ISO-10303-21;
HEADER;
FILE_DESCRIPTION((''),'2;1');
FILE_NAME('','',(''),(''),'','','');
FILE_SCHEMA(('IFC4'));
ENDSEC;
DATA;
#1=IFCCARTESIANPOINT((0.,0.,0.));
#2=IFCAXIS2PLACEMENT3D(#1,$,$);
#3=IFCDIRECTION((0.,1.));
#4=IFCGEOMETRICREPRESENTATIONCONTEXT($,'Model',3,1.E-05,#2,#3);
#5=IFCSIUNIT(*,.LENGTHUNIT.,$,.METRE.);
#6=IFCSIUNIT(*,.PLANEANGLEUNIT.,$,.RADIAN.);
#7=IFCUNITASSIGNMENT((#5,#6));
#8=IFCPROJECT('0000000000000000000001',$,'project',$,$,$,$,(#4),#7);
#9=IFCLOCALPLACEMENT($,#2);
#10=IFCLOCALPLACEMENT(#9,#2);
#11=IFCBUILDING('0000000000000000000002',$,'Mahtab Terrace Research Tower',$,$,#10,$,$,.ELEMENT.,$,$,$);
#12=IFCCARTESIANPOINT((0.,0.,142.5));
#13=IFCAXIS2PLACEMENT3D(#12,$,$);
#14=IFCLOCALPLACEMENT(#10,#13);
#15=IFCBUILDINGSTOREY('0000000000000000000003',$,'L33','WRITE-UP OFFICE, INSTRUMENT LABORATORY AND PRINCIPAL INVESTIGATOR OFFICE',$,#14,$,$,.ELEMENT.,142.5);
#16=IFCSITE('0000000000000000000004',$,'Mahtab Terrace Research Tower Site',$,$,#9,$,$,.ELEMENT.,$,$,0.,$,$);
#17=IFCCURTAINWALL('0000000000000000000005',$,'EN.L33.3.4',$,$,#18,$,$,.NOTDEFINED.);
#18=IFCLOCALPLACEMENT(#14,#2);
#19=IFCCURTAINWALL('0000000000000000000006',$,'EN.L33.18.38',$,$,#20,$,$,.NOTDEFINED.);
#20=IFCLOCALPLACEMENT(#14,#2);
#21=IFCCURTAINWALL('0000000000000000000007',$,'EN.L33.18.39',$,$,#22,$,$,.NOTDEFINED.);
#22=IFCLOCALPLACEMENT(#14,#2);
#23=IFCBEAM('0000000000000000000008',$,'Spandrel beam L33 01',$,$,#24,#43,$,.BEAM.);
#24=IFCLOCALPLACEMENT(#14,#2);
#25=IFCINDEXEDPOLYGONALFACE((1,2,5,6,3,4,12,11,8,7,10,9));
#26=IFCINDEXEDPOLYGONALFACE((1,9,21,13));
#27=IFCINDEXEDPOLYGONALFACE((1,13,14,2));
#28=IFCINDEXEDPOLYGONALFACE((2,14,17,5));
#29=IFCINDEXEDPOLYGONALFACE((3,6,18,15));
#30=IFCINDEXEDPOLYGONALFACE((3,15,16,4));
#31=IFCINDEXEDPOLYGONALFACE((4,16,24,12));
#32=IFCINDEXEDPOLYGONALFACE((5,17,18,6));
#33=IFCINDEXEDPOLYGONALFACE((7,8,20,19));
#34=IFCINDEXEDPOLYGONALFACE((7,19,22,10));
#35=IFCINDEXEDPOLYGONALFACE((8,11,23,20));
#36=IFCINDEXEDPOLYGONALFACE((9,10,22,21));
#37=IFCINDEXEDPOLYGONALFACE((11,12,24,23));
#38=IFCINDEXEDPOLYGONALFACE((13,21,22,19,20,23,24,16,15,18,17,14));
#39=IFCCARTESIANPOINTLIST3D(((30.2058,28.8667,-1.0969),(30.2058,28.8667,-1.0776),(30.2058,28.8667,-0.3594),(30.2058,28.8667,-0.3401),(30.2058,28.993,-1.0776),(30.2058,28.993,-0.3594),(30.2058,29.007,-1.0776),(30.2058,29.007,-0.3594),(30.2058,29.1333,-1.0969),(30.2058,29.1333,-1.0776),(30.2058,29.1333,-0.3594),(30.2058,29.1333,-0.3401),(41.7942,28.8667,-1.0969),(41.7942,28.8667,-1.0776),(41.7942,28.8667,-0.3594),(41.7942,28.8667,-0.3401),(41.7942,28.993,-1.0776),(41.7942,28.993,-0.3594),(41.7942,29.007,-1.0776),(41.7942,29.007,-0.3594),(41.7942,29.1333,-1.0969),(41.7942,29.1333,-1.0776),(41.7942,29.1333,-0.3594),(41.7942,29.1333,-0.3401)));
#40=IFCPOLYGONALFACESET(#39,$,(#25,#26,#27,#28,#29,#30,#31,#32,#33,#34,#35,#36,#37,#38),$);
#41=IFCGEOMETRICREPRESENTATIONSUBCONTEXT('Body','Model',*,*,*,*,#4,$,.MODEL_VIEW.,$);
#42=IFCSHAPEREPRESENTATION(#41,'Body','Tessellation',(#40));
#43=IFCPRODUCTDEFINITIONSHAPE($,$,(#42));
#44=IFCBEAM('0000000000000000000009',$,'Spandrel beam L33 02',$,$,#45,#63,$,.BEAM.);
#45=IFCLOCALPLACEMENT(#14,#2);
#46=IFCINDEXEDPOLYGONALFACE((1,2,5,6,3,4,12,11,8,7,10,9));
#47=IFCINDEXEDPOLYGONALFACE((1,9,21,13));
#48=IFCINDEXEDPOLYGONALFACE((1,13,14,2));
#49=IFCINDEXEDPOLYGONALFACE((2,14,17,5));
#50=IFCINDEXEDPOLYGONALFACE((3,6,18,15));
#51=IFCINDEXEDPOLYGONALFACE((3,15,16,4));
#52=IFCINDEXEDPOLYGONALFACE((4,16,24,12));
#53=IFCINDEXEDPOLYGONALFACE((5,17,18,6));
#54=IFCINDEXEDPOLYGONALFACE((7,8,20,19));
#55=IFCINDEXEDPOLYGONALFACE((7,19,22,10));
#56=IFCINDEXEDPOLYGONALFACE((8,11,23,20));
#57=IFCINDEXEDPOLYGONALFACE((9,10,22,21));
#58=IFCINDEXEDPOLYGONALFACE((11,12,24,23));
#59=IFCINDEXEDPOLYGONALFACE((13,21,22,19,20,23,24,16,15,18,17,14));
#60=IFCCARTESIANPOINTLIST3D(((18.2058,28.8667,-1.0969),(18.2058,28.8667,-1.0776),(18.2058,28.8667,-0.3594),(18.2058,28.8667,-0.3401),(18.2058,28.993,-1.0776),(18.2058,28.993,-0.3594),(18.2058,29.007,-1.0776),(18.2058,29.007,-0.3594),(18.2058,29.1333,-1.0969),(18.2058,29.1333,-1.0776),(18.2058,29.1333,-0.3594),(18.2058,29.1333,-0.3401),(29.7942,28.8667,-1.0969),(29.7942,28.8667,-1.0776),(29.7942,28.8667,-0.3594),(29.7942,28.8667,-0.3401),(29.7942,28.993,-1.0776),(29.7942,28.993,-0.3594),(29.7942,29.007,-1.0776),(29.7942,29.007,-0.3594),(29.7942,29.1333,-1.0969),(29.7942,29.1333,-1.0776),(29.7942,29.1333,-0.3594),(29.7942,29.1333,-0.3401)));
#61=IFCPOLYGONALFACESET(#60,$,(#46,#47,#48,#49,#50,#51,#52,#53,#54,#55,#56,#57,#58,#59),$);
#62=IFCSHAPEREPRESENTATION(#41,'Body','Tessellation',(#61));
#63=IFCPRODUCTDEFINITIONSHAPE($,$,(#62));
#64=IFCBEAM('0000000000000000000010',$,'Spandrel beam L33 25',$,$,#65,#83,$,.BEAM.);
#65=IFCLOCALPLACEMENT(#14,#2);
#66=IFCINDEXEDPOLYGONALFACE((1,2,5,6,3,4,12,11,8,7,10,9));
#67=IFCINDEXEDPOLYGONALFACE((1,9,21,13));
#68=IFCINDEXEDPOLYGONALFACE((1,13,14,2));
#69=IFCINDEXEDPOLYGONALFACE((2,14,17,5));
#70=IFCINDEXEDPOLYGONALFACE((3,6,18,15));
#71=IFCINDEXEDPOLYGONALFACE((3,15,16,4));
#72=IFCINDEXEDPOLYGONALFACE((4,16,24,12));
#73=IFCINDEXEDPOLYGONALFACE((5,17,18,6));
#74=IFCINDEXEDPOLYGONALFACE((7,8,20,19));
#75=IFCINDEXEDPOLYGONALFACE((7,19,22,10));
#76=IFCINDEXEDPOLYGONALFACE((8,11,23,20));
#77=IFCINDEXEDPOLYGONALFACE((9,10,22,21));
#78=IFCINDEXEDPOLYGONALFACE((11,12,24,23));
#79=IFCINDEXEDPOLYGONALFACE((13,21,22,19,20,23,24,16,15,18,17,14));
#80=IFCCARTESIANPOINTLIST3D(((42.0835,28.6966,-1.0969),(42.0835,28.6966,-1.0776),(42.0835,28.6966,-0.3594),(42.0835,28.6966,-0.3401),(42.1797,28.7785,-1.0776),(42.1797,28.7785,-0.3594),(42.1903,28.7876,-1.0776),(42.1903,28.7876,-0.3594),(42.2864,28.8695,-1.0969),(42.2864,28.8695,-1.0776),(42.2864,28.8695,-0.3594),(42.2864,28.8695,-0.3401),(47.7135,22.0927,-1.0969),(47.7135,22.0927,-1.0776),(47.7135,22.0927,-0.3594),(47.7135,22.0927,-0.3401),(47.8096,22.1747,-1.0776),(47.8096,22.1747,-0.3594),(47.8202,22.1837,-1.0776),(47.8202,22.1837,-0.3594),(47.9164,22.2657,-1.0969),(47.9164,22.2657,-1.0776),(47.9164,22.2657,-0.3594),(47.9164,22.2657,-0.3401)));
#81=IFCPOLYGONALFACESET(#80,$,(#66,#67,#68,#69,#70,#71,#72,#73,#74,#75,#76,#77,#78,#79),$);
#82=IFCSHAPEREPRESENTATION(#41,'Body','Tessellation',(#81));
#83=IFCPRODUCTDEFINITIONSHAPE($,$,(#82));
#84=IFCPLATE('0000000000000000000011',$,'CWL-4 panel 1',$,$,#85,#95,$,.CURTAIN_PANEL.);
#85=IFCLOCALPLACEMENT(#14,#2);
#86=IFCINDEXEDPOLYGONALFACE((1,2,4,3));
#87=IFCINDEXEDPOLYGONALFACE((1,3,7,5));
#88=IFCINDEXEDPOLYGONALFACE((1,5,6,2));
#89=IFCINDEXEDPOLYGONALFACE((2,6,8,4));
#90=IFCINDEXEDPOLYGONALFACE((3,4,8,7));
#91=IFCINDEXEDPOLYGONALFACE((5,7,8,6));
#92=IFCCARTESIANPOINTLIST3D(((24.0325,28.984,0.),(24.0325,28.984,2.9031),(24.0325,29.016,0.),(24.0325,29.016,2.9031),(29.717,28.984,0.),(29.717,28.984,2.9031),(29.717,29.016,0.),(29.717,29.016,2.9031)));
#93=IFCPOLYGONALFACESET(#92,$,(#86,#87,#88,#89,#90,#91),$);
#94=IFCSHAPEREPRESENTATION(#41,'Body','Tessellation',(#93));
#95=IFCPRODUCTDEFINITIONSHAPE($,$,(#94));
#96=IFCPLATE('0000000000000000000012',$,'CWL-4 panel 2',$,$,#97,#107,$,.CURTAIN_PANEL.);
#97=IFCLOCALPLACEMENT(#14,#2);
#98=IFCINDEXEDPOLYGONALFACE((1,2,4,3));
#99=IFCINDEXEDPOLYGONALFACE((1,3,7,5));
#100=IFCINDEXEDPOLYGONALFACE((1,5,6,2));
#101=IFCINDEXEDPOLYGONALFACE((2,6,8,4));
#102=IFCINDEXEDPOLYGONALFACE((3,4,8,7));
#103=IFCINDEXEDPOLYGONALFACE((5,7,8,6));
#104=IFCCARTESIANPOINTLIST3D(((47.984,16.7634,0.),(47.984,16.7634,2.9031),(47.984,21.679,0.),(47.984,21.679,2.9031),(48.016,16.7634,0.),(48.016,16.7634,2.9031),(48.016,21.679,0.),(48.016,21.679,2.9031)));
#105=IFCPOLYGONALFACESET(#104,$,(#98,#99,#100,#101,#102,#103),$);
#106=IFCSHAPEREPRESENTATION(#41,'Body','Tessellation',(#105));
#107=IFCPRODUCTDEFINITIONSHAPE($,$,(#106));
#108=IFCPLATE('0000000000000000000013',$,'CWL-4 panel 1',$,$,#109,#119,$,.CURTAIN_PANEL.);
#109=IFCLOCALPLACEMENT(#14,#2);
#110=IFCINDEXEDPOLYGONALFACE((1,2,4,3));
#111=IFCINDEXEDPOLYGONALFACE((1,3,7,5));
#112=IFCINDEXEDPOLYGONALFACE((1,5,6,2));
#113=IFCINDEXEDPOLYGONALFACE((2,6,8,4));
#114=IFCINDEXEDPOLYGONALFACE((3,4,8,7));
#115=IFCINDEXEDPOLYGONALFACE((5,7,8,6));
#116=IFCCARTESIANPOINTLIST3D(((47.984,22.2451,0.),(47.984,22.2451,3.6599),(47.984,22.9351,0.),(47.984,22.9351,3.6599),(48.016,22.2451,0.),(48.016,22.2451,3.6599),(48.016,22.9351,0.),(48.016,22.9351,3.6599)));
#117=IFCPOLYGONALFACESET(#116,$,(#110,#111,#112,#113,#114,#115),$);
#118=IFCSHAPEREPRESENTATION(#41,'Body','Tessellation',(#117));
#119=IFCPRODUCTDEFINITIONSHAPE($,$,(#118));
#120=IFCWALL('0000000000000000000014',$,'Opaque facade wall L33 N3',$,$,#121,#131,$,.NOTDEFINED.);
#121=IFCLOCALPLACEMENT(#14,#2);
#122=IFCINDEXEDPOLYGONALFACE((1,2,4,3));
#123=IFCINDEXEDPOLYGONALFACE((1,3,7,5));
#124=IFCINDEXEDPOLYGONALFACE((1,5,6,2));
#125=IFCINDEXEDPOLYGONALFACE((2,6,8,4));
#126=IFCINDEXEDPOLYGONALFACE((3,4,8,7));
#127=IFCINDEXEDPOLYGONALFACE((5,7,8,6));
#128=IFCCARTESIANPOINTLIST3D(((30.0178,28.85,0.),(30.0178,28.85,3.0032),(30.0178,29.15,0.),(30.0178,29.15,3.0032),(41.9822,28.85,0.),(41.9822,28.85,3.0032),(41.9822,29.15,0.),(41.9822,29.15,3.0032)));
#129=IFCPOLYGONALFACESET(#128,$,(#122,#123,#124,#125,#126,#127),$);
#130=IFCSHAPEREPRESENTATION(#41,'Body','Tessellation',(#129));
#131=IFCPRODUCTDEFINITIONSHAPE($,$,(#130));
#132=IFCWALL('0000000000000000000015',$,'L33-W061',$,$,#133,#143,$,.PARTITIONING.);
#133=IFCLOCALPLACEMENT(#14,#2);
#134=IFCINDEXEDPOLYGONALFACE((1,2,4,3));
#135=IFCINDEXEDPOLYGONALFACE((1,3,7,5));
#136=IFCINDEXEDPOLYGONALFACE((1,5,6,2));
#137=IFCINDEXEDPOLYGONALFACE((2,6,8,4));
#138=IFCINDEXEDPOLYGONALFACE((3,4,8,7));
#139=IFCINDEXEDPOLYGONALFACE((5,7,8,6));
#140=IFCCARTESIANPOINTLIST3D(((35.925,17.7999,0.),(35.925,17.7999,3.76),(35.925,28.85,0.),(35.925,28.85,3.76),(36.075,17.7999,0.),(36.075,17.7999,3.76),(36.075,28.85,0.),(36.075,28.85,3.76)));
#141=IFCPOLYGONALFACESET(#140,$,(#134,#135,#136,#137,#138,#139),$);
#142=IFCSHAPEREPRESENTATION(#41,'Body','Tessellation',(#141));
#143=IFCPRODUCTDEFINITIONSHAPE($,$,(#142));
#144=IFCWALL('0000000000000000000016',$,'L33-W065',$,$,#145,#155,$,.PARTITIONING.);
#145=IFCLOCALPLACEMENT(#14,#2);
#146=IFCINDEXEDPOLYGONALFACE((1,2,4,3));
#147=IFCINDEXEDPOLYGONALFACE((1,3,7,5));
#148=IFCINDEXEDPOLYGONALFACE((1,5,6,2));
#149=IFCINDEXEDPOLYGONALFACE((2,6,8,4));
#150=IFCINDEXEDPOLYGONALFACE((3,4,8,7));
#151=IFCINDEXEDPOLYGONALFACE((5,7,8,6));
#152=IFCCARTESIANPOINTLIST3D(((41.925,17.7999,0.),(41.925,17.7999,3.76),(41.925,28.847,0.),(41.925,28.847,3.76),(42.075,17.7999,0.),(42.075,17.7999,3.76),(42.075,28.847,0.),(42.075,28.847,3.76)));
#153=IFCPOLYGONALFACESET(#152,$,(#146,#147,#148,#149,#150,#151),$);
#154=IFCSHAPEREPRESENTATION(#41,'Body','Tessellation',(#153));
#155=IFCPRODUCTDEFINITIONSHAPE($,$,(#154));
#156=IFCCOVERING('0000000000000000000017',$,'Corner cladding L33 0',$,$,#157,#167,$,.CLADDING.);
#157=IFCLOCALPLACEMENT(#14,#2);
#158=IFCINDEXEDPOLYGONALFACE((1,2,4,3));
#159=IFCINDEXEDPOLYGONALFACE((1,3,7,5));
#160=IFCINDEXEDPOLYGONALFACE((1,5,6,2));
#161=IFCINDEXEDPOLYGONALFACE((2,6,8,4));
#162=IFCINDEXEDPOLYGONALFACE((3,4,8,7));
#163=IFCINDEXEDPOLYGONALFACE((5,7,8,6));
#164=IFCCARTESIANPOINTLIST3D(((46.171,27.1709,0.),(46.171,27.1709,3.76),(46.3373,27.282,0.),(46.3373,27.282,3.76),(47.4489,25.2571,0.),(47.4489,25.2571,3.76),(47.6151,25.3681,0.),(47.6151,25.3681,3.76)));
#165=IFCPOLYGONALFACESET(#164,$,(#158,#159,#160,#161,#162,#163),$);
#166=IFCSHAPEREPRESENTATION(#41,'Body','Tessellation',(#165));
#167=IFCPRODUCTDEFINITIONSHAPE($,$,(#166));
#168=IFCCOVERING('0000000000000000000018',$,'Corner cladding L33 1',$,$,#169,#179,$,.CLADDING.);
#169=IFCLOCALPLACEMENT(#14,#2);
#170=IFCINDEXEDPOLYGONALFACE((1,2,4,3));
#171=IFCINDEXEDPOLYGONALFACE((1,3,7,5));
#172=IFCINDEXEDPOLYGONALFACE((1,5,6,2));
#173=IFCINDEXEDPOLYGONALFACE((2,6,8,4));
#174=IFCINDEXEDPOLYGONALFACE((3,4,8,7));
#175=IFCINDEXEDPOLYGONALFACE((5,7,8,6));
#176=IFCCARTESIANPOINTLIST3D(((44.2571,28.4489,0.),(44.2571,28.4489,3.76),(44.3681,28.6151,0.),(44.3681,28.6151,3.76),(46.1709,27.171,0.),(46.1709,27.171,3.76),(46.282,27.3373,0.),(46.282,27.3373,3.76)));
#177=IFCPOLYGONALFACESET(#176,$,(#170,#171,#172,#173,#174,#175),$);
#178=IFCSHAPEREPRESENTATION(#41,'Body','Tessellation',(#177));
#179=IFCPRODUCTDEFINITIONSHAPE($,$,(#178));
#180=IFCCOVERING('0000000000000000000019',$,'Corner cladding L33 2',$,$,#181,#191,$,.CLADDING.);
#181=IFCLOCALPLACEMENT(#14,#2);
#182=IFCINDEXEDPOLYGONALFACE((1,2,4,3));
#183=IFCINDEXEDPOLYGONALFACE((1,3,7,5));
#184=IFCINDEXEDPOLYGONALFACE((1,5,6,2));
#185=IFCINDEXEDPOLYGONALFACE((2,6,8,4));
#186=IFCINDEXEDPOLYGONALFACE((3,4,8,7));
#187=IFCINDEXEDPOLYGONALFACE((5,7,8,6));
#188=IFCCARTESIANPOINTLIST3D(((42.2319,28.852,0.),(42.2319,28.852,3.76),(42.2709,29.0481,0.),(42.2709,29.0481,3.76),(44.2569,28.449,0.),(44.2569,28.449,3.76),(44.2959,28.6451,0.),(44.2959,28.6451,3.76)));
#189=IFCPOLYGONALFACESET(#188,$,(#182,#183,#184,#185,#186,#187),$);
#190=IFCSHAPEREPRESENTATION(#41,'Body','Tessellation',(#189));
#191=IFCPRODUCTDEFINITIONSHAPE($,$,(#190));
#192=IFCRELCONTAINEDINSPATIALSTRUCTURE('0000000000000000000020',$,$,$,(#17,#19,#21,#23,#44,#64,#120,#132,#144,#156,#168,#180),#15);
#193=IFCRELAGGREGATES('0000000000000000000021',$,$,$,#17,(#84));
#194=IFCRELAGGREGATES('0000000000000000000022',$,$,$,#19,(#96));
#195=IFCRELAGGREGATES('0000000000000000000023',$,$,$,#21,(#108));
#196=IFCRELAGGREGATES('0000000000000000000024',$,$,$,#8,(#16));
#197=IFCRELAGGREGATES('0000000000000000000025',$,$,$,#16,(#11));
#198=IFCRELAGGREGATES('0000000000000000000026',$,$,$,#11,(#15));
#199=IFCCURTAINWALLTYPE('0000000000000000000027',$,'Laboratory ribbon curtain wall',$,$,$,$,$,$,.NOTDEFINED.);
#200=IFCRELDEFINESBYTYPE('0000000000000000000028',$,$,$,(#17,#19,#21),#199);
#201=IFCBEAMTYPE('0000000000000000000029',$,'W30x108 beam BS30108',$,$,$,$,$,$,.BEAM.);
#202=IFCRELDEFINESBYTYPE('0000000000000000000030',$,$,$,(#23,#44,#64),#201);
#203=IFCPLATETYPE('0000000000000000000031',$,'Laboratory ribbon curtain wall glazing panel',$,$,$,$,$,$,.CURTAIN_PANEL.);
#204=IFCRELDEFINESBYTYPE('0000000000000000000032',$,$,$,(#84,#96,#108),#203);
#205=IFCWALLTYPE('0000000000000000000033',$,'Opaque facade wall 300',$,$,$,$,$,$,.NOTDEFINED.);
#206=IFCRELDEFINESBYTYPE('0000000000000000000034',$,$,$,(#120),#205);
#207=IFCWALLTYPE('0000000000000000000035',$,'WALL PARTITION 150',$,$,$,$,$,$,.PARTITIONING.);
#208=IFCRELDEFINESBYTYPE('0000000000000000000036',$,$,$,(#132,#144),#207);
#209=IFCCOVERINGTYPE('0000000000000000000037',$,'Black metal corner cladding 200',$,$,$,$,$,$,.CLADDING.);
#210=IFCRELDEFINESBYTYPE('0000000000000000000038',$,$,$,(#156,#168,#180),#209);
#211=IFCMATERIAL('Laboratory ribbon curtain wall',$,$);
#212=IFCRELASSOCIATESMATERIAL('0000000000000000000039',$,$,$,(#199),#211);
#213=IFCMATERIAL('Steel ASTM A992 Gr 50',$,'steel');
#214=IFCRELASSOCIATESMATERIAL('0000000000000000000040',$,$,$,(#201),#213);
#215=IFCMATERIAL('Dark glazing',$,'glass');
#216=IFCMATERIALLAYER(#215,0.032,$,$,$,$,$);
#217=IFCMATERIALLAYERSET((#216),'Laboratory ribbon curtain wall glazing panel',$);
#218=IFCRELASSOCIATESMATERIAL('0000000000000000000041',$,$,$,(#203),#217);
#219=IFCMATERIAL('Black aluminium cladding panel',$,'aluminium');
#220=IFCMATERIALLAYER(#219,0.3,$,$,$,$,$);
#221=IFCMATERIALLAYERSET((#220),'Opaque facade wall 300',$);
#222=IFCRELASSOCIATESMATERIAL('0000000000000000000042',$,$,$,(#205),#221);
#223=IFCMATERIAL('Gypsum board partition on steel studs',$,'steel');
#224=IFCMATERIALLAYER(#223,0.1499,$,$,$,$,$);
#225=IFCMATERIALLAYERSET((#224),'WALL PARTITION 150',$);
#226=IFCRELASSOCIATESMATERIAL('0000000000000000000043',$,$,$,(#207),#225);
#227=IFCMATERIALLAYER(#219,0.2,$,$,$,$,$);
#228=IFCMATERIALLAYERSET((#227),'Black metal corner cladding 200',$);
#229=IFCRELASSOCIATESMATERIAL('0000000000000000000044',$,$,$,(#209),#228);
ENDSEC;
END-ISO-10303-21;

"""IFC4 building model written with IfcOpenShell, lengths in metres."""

from ifc_helpers import new_model, si_unit, direction, frame, frame_2d, origin, origin_2d, place, context, subcontext, project, spatial, rectangle, i_section, extrude, material, layer, layer_set, material_profile, profile_set, type_object, element, aggregate, save


model = new_model("IFC4")

# Units and contexts
model_context = context("Model", 3, precision=1e-05, world=origin(), true_north=direction((0.0, 1.0)))
body_context = subcontext(model_context, "Body", "Model", "MODEL_VIEW")
ifc_project = project(units=[si_unit("LENGTHUNIT", "METRE"), si_unit("PLANEANGLEUNIT", "RADIAN")], contexts=[model_context])

# Site, building, storey
site_placement = place(None, origin())
site = spatial("IfcSite", under=ifc_project, at=site_placement, Name="Mahtab Terrace Research Tower Site", CompositionType="ELEMENT", RefElevation=0.0)
building_placement = place(site_placement, origin())
building = spatial("IfcBuilding", under=site, at=building_placement, Name="Mahtab Terrace Research Tower", CompositionType="ELEMENT")
storey_placement = place(building_placement, frame((0.0, 0.0, 142.5)))
storey = spatial("IfcBuildingStorey", under=building, at=storey_placement, Name="L33", Description="WRITE-UP OFFICE, INSTRUMENT LABORATORY AND PRINCIPAL INVESTIGATOR OFFICE", CompositionType="ELEMENT", Elevation=142.5)

# Shared definitions
ifc_material_1 = material(Name="Steel ASTM A992 Gr 50", Category="steel")

# Curtain walls
ifc_material_2 = material(Name="Laboratory ribbon curtain wall")
curtain_wall_type = type_object("IfcCurtainWallType", Name="Laboratory ribbon curtain wall", PredefinedType="NOTDEFINED", material=ifc_material_2)
curtain_wall_1_placement = place(storey_placement, origin())
curtain_wall_1 = element("IfcCurtainWall", 1, at=curtain_wall_1_placement, inside=storey, type_object=curtain_wall_type, Name="EN.L33.3.4", PredefinedType="NOTDEFINED")
curtain_wall_2_placement = place(storey_placement, origin())
curtain_wall_2 = element("IfcCurtainWall", 2, at=curtain_wall_2_placement, inside=storey, type_object=curtain_wall_type, Name="EN.L33.18.38", PredefinedType="NOTDEFINED")

# Curtain wall
curtain_wall_3_placement = place(storey_placement, origin())
curtain_wall_3 = element("IfcCurtainWall", 3, at=curtain_wall_3_placement, inside=storey, type_object=curtain_wall_type, Name="EN.L33.18.39", PredefinedType="NOTDEFINED")

# Beams
ifc_material_profile_1 = material_profile(ifc_material_1, i_section(OverallWidth=0.2666, OverallDepth=0.7568, WebThickness=0.0139, FlangeThickness=0.0193, at=origin_2d()), Name="W30X108")
ifc_profile_set_1 = profile_set([ifc_material_profile_1], Name="Steel ASTM A992 Gr 50")
beam_type = type_object("IfcBeamType", Name="W30x108 beam BS30108", PredefinedType="BEAM", material=ifc_profile_set_1)
for number, where, z_axis, x_axis, name in (
    (4, (41.7942, 29.0, -0.7185), (-1.0, 0.0, 0.0), (0.0, -1.0, 0.0), "Spandrel beam L33 01"),
    (5, (29.7942, 29.0, -0.7185), (-1.0, 0.0, 0.0), (0.0, -1.0, 0.0), "Spandrel beam L33 02"),
):
    element("IfcBeam", number, at=place(storey_placement, frame(where, z_axis=z_axis, x_axis=x_axis)), inside=storey, type_object=beam_type, Name=name, PredefinedType="BEAM", context=body_context, shape_type="SweptSolid", body=[
        extrude(i_section(OverallWidth=0.2666, OverallDepth=0.7568, WebThickness=0.0139, FlangeThickness=0.0193, at=origin_2d()), origin(), (0.0, 0.0, 1.0), 11.5884),
    ])
beam_placement = place(storey_placement, frame((47.8149, 22.1792, -0.7185), z_axis=(-0.648764, 0.76099, 0.0), x_axis=(-0.76099, -0.648764, 0.0)))
element("IfcBeam", 6, at=beam_placement, inside=storey, type_object=beam_type, Name="Spandrel beam L33 25", PredefinedType="BEAM", context=body_context, shape_type="SweptSolid", body=[
    extrude(i_section(OverallWidth=0.2666, OverallDepth=0.7568, WebThickness=0.0139, FlangeThickness=0.0193, at=origin_2d()), origin(), (0.0, 0.0, 1.0), 8.678),
])

# Plates
ifc_material_3 = material(Name="Dark glazing", Category="glass")
ifc_layer_1 = layer(ifc_material_3, 0.032)
ifc_layer_set_1 = layer_set([ifc_layer_1], Name="Laboratory ribbon curtain wall glazing panel")
plate_type = type_object("IfcPlateType", Name="Laboratory ribbon curtain wall glazing panel", PredefinedType="CURTAIN_PANEL", material=ifc_layer_set_1)
plate_1_placement = place(storey_placement, frame((26.8748, 29.0, 0.0), z_axis=(0.0, 0.0, 1.0), x_axis=(-1.0, 0.0, 0.0)))
plate_1 = element("IfcPlate", 7, at=plate_1_placement, type_object=plate_type, Name="CWL-4 panel 1", PredefinedType="CURTAIN_PANEL", context=body_context, shape_type="SweptSolid", body=[
    extrude(rectangle(XDim=5.6846, YDim=0.032, at=origin_2d()), origin(), (0.0, 0.0, 1.0), 2.9031),
])
aggregate(curtain_wall_1, [plate_1])
plate_2_placement = place(storey_placement, frame((48.0, 19.2212, 0.0), z_axis=(0.0, 0.0, 1.0), x_axis=(0.0, 1.0, 0.0)))
plate_2 = element("IfcPlate", 8, at=plate_2_placement, type_object=plate_type, Name="CWL-4 panel 2", PredefinedType="CURTAIN_PANEL", context=body_context, shape_type="SweptSolid", body=[
    extrude(rectangle(XDim=4.9155, YDim=0.032, at=origin_2d()), origin(), (0.0, 0.0, 1.0), 2.9031),
])
aggregate(curtain_wall_2, [plate_2])
plate_3_placement = place(storey_placement, frame((48.0, 22.5901, 0.0), z_axis=(0.0, 0.0, 1.0), x_axis=(0.0, 1.0, 0.0)))
plate_3 = element("IfcPlate", 9, at=plate_3_placement, type_object=plate_type, Name="CWL-4 panel 1", PredefinedType="CURTAIN_PANEL", context=body_context, shape_type="SweptSolid", body=[
    extrude(rectangle(XDim=0.6899, YDim=0.032, at=origin_2d()), origin(), (0.0, 0.0, 1.0), 3.6599),
])
aggregate(curtain_wall_3, [plate_3])

# Walls
ifc_material_4 = material(Name="Black aluminium cladding panel", Category="aluminium")
ifc_layer_2 = layer(ifc_material_4, 0.3)
ifc_layer_set_2 = layer_set([ifc_layer_2], Name="Opaque facade wall 300")
wall_type_1 = type_object("IfcWallType", Name="Opaque facade wall 300", PredefinedType="NOTDEFINED", material=ifc_layer_set_2)
wall_1_placement = place(storey_placement, frame((41.9822, 29.0, 0.0), z_axis=(0.0, 0.0, 1.0), x_axis=(-1.0, 0.0, 0.0)))
element("IfcWall", 10, at=wall_1_placement, inside=storey, type_object=wall_type_1, Name="Opaque facade wall L33 N3", PredefinedType="NOTDEFINED", context=body_context, shape_type="SweptSolid", body=[
    extrude(rectangle(XDim=11.9644, YDim=0.3, at=frame_2d((5.9822, 0.0))), origin(), (0.0, 0.0, 1.0), 3.0032),
])
ifc_material_5 = material(Name="Gypsum board partition on steel studs", Category="steel")
ifc_layer_3 = layer(ifc_material_5, 0.1499)
ifc_layer_set_3 = layer_set([ifc_layer_3], Name="WALL PARTITION 150")
wall_type_2 = type_object("IfcWallType", Name="WALL PARTITION 150", PredefinedType="PARTITIONING", material=ifc_layer_set_3)
wall_2_placement = place(storey_placement, frame((36.0, 17.8, 0.0), z_axis=(0.0, 0.0, 1.0), x_axis=(0.0, 1.0, 0.0)))
element("IfcWall", 11, at=wall_2_placement, inside=storey, type_object=wall_type_2, Name="L33-W061", PredefinedType="PARTITIONING", context=body_context, shape_type="SweptSolid", body=[
    extrude(rectangle(XDim=11.05, YDim=0.1499, at=frame_2d((5.5249, 0.0))), origin(), (0.0, 0.0, 1.0), 3.76),
])
wall_3_placement = place(storey_placement, frame((42.0, 17.8, 0.0), z_axis=(0.0, 0.0, 1.0), x_axis=(0.0, 1.0, 0.0)))
element("IfcWall", 12, at=wall_3_placement, inside=storey, type_object=wall_type_2, Name="L33-W065", PredefinedType="PARTITIONING", context=body_context, shape_type="SweptSolid", body=[
    extrude(rectangle(XDim=11.0471, YDim=0.1499, at=frame_2d((5.5234, 0.0))), origin(), (0.0, 0.0, 1.0), 3.76),
])

# Coverings
ifc_layer_4 = layer(ifc_material_4, 0.2)
ifc_layer_set_4 = layer_set([ifc_layer_4], Name="Black metal corner cladding 200")
covering_type = type_object("IfcCoveringType", Name="Black metal corner cladding 200", PredefinedType="CLADDING", material=ifc_layer_set_4)
for number, where, z_axis, x_axis, name in (
    (13, (46.8931, 26.2695, 0.0), (0.0, 0.0, 1.0), (-0.555291, 0.831656, 0.0), "Corner cladding L33 0"),
    (14, (45.2695, 27.8931, 0.0), (0.0, 0.0, 1.0), (-0.831656, 0.555291, 0.0), "Corner cladding L33 1"),
):
    element("IfcCovering", number, at=place(storey_placement, frame(where, z_axis=z_axis, x_axis=x_axis)), inside=storey, type_object=covering_type, Name=name, PredefinedType="CLADDING", context=body_context, shape_type="SweptSolid", body=[
        extrude(rectangle(XDim=2.3013, YDim=0.2, at=origin_2d()), origin(), (0.0, 0.0, 1.0), 3.76),
    ])
covering_1_placement = place(storey_placement, frame((43.2639, 28.7485, 0.0), z_axis=(0.0, 0.0, 1.0), x_axis=(-0.980761, 0.195212, 0.0)))
element("IfcCovering", 15, at=covering_1_placement, inside=storey, type_object=covering_type, Name="Corner cladding L33 2", PredefinedType="CLADDING", context=body_context, shape_type="SweptSolid", body=[
    extrude(rectangle(XDim=2.0647, YDim=0.2, at=origin_2d()), origin(), (0.0, 0.0, 1.0), 3.76),
])

save(model, "model.ifc")
